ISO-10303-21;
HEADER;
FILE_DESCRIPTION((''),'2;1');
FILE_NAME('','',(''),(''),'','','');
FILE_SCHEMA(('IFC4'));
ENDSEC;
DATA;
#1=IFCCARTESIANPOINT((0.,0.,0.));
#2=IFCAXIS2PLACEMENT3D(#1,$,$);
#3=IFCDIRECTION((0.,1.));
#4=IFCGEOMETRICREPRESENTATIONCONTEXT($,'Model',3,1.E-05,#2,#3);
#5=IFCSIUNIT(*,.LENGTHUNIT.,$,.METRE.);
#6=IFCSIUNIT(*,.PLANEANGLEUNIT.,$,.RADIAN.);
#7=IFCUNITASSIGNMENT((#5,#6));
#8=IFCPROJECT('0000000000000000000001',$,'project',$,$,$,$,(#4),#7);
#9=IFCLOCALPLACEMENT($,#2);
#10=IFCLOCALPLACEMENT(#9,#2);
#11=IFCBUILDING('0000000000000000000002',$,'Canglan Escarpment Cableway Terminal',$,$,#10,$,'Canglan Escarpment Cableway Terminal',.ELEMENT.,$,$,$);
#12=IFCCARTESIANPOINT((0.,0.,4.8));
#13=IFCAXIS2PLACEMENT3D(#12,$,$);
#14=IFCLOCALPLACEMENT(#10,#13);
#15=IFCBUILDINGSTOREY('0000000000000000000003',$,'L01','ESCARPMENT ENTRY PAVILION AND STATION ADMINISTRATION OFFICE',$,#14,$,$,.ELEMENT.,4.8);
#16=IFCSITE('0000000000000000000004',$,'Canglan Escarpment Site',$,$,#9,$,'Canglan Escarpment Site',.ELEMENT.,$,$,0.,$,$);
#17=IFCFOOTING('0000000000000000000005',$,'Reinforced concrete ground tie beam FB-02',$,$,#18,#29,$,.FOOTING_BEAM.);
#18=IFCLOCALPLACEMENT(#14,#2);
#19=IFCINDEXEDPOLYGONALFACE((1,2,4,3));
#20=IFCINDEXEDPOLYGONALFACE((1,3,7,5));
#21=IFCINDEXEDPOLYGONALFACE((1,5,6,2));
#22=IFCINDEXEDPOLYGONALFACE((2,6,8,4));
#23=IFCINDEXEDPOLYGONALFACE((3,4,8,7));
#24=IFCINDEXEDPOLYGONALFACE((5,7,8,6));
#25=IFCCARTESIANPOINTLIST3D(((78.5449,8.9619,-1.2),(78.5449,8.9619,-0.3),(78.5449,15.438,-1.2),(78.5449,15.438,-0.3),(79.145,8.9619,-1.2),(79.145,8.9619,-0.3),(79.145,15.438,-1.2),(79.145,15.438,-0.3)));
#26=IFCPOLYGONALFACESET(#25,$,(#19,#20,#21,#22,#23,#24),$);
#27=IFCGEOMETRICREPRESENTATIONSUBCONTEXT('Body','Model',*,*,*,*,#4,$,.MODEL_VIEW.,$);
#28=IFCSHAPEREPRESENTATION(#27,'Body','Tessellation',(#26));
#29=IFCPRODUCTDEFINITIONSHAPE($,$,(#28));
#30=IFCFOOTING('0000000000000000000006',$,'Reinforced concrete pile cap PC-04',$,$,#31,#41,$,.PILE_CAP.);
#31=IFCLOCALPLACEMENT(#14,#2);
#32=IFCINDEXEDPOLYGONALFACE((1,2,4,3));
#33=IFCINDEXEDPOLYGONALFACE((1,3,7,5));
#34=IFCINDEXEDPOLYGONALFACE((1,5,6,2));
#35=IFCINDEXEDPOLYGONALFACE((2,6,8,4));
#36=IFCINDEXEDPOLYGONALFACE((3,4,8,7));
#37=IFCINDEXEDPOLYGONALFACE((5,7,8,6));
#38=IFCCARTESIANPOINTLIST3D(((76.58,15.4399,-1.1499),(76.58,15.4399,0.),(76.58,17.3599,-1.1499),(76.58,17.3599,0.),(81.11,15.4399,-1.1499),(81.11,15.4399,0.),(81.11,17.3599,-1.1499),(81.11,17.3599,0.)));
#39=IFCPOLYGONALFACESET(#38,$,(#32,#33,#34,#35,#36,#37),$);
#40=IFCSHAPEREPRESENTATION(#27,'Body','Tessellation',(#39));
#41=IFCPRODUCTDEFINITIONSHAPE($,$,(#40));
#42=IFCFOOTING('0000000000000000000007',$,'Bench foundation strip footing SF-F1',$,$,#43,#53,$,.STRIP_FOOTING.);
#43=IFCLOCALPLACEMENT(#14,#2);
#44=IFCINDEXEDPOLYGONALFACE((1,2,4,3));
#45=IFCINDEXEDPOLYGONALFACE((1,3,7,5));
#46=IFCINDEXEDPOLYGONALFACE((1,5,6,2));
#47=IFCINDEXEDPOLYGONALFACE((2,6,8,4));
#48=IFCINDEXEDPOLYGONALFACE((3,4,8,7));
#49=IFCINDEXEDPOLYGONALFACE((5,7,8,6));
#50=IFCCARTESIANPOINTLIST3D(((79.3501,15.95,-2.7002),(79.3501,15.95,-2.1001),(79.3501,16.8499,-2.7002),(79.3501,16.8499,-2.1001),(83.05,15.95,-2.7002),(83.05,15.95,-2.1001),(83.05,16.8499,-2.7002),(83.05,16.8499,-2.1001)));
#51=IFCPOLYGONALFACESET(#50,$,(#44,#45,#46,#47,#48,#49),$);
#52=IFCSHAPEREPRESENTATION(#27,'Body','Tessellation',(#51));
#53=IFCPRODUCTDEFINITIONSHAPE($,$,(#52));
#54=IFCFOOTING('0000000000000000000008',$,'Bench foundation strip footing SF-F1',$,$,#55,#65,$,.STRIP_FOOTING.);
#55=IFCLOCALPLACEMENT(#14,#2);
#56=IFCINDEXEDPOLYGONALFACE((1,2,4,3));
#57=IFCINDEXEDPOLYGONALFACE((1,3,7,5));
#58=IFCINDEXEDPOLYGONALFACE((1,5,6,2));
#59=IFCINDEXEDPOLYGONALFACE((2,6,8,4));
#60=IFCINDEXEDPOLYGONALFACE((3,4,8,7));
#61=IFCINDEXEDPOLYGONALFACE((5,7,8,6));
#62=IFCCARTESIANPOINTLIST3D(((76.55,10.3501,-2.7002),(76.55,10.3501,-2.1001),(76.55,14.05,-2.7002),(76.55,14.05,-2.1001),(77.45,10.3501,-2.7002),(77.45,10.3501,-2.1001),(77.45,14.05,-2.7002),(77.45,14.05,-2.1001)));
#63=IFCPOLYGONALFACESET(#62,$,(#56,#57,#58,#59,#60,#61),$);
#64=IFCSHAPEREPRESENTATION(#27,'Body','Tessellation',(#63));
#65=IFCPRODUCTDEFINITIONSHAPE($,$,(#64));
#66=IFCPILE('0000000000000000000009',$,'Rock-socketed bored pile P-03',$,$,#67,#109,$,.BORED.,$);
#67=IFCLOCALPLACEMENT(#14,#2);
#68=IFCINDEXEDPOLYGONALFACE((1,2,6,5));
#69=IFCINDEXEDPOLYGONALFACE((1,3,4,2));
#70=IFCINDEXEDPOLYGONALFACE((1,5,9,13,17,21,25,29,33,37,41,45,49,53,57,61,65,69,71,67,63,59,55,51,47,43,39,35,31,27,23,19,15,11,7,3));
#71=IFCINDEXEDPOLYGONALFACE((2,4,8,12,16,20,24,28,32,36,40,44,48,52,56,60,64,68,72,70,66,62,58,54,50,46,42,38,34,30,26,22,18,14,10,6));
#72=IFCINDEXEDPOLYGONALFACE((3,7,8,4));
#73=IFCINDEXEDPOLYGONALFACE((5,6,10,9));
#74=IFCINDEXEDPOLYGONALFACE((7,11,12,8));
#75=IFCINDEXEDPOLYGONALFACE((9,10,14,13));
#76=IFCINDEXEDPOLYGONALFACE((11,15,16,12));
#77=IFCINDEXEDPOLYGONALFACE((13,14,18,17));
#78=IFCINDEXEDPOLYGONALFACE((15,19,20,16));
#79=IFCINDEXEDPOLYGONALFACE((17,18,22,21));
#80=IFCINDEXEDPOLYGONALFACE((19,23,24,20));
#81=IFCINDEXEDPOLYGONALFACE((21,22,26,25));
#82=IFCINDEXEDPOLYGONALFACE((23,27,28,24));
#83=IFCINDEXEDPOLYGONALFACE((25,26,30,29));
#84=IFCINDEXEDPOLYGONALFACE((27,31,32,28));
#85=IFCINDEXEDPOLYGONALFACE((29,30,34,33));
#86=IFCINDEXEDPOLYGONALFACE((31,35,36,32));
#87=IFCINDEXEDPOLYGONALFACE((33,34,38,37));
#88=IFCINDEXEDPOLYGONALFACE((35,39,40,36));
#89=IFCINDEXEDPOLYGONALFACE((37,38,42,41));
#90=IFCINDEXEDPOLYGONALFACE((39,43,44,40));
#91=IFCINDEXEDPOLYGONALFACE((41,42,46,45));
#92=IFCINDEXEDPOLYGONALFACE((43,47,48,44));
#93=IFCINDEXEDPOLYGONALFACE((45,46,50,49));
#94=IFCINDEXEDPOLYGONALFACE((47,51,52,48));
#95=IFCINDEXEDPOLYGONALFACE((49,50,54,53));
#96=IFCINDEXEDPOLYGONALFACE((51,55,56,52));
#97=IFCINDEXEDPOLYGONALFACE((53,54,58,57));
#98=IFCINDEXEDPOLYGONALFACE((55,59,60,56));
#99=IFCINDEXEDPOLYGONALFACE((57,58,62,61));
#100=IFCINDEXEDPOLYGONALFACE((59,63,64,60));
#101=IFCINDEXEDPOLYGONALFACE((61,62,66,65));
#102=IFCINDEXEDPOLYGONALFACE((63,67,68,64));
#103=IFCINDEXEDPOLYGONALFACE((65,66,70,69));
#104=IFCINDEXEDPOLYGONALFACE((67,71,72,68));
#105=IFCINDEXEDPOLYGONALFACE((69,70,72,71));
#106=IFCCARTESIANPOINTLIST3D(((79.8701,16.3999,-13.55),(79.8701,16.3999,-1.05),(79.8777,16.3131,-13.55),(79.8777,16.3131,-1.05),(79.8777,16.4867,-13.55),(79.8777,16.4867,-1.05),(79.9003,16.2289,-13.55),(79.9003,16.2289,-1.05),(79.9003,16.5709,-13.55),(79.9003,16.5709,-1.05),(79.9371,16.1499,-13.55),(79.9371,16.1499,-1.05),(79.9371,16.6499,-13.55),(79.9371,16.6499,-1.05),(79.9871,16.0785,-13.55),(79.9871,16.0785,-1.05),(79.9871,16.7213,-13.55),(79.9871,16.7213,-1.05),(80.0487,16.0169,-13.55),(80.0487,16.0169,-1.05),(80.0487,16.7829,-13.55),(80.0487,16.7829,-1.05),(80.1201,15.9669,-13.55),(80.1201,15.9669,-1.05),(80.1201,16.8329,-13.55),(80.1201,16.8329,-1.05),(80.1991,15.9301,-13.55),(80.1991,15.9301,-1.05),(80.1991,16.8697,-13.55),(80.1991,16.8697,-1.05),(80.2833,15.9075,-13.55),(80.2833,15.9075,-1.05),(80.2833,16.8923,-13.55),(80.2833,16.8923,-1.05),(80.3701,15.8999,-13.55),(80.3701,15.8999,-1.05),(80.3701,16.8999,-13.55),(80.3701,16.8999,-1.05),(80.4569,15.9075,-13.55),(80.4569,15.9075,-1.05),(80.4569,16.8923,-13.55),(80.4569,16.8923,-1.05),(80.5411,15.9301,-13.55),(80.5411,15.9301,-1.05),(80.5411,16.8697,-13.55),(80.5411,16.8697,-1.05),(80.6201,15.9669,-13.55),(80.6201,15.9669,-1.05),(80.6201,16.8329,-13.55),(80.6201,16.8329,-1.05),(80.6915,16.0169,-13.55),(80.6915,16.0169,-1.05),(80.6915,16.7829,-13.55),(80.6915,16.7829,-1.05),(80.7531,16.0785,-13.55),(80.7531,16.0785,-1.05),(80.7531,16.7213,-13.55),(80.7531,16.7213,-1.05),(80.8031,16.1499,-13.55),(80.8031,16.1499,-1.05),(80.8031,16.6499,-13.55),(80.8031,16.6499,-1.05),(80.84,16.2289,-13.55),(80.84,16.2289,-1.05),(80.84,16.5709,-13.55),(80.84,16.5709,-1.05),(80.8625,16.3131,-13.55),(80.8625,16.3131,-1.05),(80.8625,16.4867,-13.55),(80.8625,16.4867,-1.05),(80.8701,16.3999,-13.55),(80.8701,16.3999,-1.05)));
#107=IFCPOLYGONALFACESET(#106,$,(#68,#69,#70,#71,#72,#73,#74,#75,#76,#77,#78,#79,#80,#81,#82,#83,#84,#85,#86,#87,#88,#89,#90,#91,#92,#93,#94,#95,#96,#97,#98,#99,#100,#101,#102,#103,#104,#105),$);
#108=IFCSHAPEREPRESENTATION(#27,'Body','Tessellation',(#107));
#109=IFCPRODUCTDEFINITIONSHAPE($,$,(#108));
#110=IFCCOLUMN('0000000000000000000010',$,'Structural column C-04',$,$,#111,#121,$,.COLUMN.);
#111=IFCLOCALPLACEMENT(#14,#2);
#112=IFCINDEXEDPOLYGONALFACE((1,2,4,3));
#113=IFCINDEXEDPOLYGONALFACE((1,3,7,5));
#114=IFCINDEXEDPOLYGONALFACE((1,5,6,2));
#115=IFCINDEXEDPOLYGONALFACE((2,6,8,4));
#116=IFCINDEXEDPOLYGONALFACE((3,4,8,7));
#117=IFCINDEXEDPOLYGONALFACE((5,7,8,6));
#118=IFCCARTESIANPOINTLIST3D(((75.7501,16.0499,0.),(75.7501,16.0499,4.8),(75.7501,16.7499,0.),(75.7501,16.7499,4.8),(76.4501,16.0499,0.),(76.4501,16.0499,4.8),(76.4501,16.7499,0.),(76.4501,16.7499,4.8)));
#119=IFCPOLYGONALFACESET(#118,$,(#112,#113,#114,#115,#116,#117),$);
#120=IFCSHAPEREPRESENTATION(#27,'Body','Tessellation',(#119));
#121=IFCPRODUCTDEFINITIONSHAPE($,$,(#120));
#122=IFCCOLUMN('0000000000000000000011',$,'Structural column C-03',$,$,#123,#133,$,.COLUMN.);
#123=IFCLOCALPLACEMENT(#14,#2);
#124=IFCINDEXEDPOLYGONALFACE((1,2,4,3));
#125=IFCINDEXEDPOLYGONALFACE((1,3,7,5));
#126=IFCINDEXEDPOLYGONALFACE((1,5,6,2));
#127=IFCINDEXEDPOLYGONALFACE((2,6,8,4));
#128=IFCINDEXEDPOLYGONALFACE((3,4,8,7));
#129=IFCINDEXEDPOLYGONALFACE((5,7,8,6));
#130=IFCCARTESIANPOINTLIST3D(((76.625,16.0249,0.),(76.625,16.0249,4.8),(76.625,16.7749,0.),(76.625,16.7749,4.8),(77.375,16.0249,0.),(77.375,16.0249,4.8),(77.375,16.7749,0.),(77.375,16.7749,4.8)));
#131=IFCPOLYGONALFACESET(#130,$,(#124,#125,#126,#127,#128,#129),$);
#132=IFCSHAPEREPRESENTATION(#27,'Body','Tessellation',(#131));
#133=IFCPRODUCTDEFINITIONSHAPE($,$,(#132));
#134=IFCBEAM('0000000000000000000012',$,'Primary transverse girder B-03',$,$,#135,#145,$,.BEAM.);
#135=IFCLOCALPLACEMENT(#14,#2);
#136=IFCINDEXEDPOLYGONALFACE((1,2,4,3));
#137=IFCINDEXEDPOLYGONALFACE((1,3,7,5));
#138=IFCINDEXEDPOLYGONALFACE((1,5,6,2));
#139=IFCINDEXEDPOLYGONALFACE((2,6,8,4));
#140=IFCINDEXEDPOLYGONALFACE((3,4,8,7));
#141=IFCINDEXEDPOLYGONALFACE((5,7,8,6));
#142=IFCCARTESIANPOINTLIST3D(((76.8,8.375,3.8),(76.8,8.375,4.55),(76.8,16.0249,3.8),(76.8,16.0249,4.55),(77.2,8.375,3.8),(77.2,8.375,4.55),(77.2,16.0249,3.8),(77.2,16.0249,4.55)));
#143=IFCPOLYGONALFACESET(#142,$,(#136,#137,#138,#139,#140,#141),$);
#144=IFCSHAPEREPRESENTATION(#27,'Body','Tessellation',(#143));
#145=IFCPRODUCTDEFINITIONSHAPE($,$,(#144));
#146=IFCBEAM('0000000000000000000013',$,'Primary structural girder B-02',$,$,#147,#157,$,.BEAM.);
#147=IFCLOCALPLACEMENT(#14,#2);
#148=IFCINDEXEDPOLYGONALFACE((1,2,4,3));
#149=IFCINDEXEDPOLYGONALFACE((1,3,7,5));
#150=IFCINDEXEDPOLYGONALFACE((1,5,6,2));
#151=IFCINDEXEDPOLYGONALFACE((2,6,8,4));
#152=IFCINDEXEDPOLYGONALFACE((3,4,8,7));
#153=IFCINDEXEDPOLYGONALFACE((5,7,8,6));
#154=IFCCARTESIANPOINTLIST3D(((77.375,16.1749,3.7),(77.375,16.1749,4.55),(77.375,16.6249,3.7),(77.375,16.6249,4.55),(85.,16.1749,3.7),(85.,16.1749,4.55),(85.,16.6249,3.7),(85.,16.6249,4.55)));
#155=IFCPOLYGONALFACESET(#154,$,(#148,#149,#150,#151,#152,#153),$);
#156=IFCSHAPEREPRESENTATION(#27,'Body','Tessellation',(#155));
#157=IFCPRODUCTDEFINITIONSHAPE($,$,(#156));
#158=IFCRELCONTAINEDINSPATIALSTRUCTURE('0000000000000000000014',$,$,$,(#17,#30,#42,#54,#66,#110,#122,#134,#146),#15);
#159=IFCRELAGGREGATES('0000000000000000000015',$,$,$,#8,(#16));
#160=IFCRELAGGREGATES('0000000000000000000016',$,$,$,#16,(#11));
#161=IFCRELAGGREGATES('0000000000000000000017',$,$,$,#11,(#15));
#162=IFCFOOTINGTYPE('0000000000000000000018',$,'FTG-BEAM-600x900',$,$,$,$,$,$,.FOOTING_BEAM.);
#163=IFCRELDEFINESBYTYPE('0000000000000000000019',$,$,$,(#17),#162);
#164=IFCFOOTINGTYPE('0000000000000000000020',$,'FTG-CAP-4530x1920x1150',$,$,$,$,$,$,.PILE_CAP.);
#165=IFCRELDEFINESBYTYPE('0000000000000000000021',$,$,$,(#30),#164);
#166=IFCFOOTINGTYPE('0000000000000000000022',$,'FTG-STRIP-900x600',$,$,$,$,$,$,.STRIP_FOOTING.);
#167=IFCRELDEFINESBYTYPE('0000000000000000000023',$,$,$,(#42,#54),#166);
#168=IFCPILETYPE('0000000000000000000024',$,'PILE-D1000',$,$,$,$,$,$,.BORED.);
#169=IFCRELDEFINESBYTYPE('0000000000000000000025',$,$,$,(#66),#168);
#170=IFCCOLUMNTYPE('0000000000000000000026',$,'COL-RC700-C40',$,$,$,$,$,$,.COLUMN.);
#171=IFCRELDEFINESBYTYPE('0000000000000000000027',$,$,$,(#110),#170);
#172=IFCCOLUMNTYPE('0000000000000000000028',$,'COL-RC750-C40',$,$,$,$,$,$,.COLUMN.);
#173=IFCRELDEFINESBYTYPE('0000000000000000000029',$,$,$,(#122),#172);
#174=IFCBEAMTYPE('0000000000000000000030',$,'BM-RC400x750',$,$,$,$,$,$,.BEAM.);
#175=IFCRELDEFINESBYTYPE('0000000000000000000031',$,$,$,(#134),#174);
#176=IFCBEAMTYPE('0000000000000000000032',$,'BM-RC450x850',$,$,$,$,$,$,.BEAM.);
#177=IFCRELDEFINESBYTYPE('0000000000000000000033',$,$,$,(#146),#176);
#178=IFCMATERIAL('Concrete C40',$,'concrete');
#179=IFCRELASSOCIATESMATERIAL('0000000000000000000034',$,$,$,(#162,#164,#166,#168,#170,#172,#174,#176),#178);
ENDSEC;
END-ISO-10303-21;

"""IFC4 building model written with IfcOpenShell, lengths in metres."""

from ifc_helpers import new_model, si_unit, direction, frame, origin, origin_2d, place, context, subcontext, project, spatial, rectangle, circle, extrude, material, material_profile, profile_set, type_object, element, save


model = new_model("IFC4")

# Units and contexts
model_context = context("Model", 3, precision=1e-05, world=origin(), true_north=direction((0.0, 1.0)))
body_context = subcontext(model_context, "Body", "Model", "MODEL_VIEW")
ifc_project = project(units=[si_unit("LENGTHUNIT", "METRE"), si_unit("PLANEANGLEUNIT", "RADIAN")], contexts=[model_context])

# Site, building, storey
site_placement = place(None, origin())
site = spatial("IfcSite", under=ifc_project, at=site_placement, Name="Canglan Escarpment Site", LongName="Canglan Escarpment Site", CompositionType="ELEMENT", RefElevation=0.0)
building_placement = place(site_placement, origin())
building = spatial("IfcBuilding", under=site, at=building_placement, Name="Canglan Escarpment Cableway Terminal", LongName="Canglan Escarpment Cableway Terminal", CompositionType="ELEMENT")
storey_placement = place(building_placement, frame((0.0, 0.0, 4.8)))
storey = spatial("IfcBuildingStorey", under=building, at=storey_placement, Name="L01", Description="ESCARPMENT ENTRY PAVILION AND STATION ADMINISTRATION OFFICE", CompositionType="ELEMENT", Elevation=4.8)

# Footings
ifc_material_1 = material(Name="Concrete C40", Category="concrete")
ifc_material_profile_1 = material_profile(ifc_material_1, rectangle(XDim=0.6001, YDim=0.8999, at=origin_2d()), Name="FB 600x900")
ifc_profile_set_1 = profile_set([ifc_material_profile_1], Name="Concrete C40")
footing_type_1 = type_object("IfcFootingType", Name="FTG-BEAM-600x900", PredefinedType="FOOTING_BEAM", material=ifc_profile_set_1)
footing_1_placement = place(storey_placement, frame((78.845, 8.9619, -0.75), z_axis=(0.0, 1.0, 0.0), x_axis=(-1.0, 0.0, 0.0)))
element("IfcFooting", 1, at=footing_1_placement, inside=storey, type_object=footing_type_1, Name="Reinforced concrete ground tie beam FB-02", PredefinedType="FOOTING_BEAM", context=body_context, shape_type="SweptSolid", body=[
    extrude(rectangle(XDim=0.6001, YDim=0.8999, at=origin_2d()), origin(), (0.0, 0.0, 1.0), 6.4761),
])
footing_type_2 = type_object("IfcFootingType", Name="FTG-CAP-4530x1920x1150", PredefinedType="PILE_CAP", material=ifc_material_1)
footing_2_placement = place(storey_placement, frame((78.845, 16.3999, -1.1499), z_axis=(0.0, 0.0, 1.0), x_axis=(1.0, 0.0, 0.0)))
element("IfcFooting", 2, at=footing_2_placement, inside=storey, type_object=footing_type_2, Name="Reinforced concrete pile cap PC-04", PredefinedType="PILE_CAP", context=body_context, shape_type="SweptSolid", body=[
    extrude(rectangle(XDim=4.53, YDim=1.9199, at=origin_2d()), origin(), (0.0, 0.0, 1.0), 1.1499),
])
ifc_material_profile_2 = material_profile(ifc_material_1, rectangle(XDim=0.8999, YDim=0.6001, at=origin_2d()), Name="SF 900x600")
ifc_profile_set_2 = profile_set([ifc_material_profile_2], Name="Concrete C40")
footing_type_3 = type_object("IfcFootingType", Name="FTG-STRIP-900x600", PredefinedType="STRIP_FOOTING", material=ifc_profile_set_2)
for number, where, z_axis, x_axis, name in (
    (3, (79.3501, 16.3999, -2.4001), (1.0, 0.0, 0.0), (0.0, 1.0, 0.0), "Bench foundation strip footing SF-F1"),
    (4, (77.0, 10.3501, -2.4001), (0.0, 1.0, 0.0), (-1.0, 0.0, 0.0), "Bench foundation strip footing SF-F1"),
):
    element("IfcFooting", number, at=place(storey_placement, frame(where, z_axis=z_axis, x_axis=x_axis)), inside=storey, type_object=footing_type_3, Name=name, PredefinedType="STRIP_FOOTING", context=body_context, shape_type="SweptSolid", body=[
        extrude(rectangle(XDim=0.8999, YDim=0.6001, at=origin_2d()), origin(), (0.0, 0.0, 1.0), 3.7),
    ])

# Pile
ifc_material_profile_3 = material_profile(ifc_material_1, circle(Radius=0.5, at=origin_2d()), Name="BORED PILE D1000")
ifc_profile_set_3 = profile_set([ifc_material_profile_3], Name="Concrete C40")
pile_type = type_object("IfcPileType", Name="PILE-D1000", PredefinedType="BORED", material=ifc_profile_set_3)
pile_placement = place(storey_placement, frame((80.3701, 16.3999, -1.05), z_axis=(0.0, 0.0, -1.0), x_axis=(1.0, 0.0, 0.0)))
element("IfcPile", 5, at=pile_placement, inside=storey, type_object=pile_type, Name="Rock-socketed bored pile P-03", PredefinedType="BORED", context=body_context, shape_type="SweptSolid", body=[
    extrude(circle(Radius=0.5, at=origin_2d()), origin(), (0.0, 0.0, 1.0), 12.5),
])

# Columns
ifc_material_profile_4 = material_profile(ifc_material_1, rectangle(XDim=0.7, YDim=0.7, at=origin_2d()), Name="RC 700x700")
ifc_profile_set_4 = profile_set([ifc_material_profile_4], Name="Concrete C40")
column_type_1 = type_object("IfcColumnType", Name="COL-RC700-C40", PredefinedType="COLUMN", material=ifc_profile_set_4)
column_1_placement = place(storey_placement, frame((76.1001, 16.3999, 0.0), z_axis=(0.0, 0.0, 1.0), x_axis=(1.0, 0.0, 0.0)))
element("IfcColumn", 6, at=column_1_placement, inside=storey, type_object=column_type_1, Name="Structural column C-04", PredefinedType="COLUMN", context=body_context, shape_type="SweptSolid", body=[
    extrude(rectangle(XDim=0.7, YDim=0.7, at=origin_2d()), origin(), (0.0, 0.0, 1.0), 4.8),
])
ifc_material_profile_5 = material_profile(ifc_material_1, rectangle(XDim=0.75, YDim=0.75, at=origin_2d()), Name="RC 750x750")
ifc_profile_set_5 = profile_set([ifc_material_profile_5], Name="Concrete C40")
column_type_2 = type_object("IfcColumnType", Name="COL-RC750-C40", PredefinedType="COLUMN", material=ifc_profile_set_5)
column_2_placement = place(storey_placement, frame((77.0, 16.3999, 0.0), z_axis=(0.0, 0.0, 1.0), x_axis=(1.0, 0.0, 0.0)))
element("IfcColumn", 7, at=column_2_placement, inside=storey, type_object=column_type_2, Name="Structural column C-03", PredefinedType="COLUMN", context=body_context, shape_type="SweptSolid", body=[
    extrude(rectangle(XDim=0.75, YDim=0.75, at=origin_2d()), origin(), (0.0, 0.0, 1.0), 4.8),
])

# Beams
ifc_material_profile_6 = material_profile(ifc_material_1, rectangle(XDim=0.3999, YDim=0.75, at=origin_2d()), Name="RC 400x750")
ifc_profile_set_6 = profile_set([ifc_material_profile_6], Name="Concrete C40")
beam_type_1 = type_object("IfcBeamType", Name="BM-RC400x750", PredefinedType="BEAM", material=ifc_profile_set_6)
beam_1_placement = place(storey_placement, frame((77.0, 8.375, 4.175), z_axis=(0.0, 1.0, 0.0), x_axis=(-1.0, 0.0, 0.0)))
element("IfcBeam", 8, at=beam_1_placement, inside=storey, type_object=beam_type_1, Name="Primary transverse girder B-03", PredefinedType="BEAM", context=body_context, shape_type="SweptSolid", body=[
    extrude(rectangle(XDim=0.3999, YDim=0.75, at=origin_2d()), origin(), (0.0, 0.0, 1.0), 7.6499),
])
ifc_material_profile_7 = material_profile(ifc_material_1, rectangle(XDim=0.45, YDim=0.8501, at=origin_2d()), Name="RC 450x850")
ifc_profile_set_7 = profile_set([ifc_material_profile_7], Name="Concrete C40")
beam_type_2 = type_object("IfcBeamType", Name="BM-RC450x850", PredefinedType="BEAM", material=ifc_profile_set_7)
beam_2_placement = place(storey_placement, frame((77.375, 16.3999, 4.125), z_axis=(1.0, 0.0, 0.0), x_axis=(0.0, 1.0, 0.0)))
element("IfcBeam", 9, at=beam_2_placement, inside=storey, type_object=beam_type_2, Name="Primary structural girder B-02", PredefinedType="BEAM", context=body_context, shape_type="SweptSolid", body=[
    extrude(rectangle(XDim=0.45, YDim=0.8501, at=origin_2d()), origin(), (0.0, 0.0, 1.0), 7.625),
])

save(model, "model.ifc")
